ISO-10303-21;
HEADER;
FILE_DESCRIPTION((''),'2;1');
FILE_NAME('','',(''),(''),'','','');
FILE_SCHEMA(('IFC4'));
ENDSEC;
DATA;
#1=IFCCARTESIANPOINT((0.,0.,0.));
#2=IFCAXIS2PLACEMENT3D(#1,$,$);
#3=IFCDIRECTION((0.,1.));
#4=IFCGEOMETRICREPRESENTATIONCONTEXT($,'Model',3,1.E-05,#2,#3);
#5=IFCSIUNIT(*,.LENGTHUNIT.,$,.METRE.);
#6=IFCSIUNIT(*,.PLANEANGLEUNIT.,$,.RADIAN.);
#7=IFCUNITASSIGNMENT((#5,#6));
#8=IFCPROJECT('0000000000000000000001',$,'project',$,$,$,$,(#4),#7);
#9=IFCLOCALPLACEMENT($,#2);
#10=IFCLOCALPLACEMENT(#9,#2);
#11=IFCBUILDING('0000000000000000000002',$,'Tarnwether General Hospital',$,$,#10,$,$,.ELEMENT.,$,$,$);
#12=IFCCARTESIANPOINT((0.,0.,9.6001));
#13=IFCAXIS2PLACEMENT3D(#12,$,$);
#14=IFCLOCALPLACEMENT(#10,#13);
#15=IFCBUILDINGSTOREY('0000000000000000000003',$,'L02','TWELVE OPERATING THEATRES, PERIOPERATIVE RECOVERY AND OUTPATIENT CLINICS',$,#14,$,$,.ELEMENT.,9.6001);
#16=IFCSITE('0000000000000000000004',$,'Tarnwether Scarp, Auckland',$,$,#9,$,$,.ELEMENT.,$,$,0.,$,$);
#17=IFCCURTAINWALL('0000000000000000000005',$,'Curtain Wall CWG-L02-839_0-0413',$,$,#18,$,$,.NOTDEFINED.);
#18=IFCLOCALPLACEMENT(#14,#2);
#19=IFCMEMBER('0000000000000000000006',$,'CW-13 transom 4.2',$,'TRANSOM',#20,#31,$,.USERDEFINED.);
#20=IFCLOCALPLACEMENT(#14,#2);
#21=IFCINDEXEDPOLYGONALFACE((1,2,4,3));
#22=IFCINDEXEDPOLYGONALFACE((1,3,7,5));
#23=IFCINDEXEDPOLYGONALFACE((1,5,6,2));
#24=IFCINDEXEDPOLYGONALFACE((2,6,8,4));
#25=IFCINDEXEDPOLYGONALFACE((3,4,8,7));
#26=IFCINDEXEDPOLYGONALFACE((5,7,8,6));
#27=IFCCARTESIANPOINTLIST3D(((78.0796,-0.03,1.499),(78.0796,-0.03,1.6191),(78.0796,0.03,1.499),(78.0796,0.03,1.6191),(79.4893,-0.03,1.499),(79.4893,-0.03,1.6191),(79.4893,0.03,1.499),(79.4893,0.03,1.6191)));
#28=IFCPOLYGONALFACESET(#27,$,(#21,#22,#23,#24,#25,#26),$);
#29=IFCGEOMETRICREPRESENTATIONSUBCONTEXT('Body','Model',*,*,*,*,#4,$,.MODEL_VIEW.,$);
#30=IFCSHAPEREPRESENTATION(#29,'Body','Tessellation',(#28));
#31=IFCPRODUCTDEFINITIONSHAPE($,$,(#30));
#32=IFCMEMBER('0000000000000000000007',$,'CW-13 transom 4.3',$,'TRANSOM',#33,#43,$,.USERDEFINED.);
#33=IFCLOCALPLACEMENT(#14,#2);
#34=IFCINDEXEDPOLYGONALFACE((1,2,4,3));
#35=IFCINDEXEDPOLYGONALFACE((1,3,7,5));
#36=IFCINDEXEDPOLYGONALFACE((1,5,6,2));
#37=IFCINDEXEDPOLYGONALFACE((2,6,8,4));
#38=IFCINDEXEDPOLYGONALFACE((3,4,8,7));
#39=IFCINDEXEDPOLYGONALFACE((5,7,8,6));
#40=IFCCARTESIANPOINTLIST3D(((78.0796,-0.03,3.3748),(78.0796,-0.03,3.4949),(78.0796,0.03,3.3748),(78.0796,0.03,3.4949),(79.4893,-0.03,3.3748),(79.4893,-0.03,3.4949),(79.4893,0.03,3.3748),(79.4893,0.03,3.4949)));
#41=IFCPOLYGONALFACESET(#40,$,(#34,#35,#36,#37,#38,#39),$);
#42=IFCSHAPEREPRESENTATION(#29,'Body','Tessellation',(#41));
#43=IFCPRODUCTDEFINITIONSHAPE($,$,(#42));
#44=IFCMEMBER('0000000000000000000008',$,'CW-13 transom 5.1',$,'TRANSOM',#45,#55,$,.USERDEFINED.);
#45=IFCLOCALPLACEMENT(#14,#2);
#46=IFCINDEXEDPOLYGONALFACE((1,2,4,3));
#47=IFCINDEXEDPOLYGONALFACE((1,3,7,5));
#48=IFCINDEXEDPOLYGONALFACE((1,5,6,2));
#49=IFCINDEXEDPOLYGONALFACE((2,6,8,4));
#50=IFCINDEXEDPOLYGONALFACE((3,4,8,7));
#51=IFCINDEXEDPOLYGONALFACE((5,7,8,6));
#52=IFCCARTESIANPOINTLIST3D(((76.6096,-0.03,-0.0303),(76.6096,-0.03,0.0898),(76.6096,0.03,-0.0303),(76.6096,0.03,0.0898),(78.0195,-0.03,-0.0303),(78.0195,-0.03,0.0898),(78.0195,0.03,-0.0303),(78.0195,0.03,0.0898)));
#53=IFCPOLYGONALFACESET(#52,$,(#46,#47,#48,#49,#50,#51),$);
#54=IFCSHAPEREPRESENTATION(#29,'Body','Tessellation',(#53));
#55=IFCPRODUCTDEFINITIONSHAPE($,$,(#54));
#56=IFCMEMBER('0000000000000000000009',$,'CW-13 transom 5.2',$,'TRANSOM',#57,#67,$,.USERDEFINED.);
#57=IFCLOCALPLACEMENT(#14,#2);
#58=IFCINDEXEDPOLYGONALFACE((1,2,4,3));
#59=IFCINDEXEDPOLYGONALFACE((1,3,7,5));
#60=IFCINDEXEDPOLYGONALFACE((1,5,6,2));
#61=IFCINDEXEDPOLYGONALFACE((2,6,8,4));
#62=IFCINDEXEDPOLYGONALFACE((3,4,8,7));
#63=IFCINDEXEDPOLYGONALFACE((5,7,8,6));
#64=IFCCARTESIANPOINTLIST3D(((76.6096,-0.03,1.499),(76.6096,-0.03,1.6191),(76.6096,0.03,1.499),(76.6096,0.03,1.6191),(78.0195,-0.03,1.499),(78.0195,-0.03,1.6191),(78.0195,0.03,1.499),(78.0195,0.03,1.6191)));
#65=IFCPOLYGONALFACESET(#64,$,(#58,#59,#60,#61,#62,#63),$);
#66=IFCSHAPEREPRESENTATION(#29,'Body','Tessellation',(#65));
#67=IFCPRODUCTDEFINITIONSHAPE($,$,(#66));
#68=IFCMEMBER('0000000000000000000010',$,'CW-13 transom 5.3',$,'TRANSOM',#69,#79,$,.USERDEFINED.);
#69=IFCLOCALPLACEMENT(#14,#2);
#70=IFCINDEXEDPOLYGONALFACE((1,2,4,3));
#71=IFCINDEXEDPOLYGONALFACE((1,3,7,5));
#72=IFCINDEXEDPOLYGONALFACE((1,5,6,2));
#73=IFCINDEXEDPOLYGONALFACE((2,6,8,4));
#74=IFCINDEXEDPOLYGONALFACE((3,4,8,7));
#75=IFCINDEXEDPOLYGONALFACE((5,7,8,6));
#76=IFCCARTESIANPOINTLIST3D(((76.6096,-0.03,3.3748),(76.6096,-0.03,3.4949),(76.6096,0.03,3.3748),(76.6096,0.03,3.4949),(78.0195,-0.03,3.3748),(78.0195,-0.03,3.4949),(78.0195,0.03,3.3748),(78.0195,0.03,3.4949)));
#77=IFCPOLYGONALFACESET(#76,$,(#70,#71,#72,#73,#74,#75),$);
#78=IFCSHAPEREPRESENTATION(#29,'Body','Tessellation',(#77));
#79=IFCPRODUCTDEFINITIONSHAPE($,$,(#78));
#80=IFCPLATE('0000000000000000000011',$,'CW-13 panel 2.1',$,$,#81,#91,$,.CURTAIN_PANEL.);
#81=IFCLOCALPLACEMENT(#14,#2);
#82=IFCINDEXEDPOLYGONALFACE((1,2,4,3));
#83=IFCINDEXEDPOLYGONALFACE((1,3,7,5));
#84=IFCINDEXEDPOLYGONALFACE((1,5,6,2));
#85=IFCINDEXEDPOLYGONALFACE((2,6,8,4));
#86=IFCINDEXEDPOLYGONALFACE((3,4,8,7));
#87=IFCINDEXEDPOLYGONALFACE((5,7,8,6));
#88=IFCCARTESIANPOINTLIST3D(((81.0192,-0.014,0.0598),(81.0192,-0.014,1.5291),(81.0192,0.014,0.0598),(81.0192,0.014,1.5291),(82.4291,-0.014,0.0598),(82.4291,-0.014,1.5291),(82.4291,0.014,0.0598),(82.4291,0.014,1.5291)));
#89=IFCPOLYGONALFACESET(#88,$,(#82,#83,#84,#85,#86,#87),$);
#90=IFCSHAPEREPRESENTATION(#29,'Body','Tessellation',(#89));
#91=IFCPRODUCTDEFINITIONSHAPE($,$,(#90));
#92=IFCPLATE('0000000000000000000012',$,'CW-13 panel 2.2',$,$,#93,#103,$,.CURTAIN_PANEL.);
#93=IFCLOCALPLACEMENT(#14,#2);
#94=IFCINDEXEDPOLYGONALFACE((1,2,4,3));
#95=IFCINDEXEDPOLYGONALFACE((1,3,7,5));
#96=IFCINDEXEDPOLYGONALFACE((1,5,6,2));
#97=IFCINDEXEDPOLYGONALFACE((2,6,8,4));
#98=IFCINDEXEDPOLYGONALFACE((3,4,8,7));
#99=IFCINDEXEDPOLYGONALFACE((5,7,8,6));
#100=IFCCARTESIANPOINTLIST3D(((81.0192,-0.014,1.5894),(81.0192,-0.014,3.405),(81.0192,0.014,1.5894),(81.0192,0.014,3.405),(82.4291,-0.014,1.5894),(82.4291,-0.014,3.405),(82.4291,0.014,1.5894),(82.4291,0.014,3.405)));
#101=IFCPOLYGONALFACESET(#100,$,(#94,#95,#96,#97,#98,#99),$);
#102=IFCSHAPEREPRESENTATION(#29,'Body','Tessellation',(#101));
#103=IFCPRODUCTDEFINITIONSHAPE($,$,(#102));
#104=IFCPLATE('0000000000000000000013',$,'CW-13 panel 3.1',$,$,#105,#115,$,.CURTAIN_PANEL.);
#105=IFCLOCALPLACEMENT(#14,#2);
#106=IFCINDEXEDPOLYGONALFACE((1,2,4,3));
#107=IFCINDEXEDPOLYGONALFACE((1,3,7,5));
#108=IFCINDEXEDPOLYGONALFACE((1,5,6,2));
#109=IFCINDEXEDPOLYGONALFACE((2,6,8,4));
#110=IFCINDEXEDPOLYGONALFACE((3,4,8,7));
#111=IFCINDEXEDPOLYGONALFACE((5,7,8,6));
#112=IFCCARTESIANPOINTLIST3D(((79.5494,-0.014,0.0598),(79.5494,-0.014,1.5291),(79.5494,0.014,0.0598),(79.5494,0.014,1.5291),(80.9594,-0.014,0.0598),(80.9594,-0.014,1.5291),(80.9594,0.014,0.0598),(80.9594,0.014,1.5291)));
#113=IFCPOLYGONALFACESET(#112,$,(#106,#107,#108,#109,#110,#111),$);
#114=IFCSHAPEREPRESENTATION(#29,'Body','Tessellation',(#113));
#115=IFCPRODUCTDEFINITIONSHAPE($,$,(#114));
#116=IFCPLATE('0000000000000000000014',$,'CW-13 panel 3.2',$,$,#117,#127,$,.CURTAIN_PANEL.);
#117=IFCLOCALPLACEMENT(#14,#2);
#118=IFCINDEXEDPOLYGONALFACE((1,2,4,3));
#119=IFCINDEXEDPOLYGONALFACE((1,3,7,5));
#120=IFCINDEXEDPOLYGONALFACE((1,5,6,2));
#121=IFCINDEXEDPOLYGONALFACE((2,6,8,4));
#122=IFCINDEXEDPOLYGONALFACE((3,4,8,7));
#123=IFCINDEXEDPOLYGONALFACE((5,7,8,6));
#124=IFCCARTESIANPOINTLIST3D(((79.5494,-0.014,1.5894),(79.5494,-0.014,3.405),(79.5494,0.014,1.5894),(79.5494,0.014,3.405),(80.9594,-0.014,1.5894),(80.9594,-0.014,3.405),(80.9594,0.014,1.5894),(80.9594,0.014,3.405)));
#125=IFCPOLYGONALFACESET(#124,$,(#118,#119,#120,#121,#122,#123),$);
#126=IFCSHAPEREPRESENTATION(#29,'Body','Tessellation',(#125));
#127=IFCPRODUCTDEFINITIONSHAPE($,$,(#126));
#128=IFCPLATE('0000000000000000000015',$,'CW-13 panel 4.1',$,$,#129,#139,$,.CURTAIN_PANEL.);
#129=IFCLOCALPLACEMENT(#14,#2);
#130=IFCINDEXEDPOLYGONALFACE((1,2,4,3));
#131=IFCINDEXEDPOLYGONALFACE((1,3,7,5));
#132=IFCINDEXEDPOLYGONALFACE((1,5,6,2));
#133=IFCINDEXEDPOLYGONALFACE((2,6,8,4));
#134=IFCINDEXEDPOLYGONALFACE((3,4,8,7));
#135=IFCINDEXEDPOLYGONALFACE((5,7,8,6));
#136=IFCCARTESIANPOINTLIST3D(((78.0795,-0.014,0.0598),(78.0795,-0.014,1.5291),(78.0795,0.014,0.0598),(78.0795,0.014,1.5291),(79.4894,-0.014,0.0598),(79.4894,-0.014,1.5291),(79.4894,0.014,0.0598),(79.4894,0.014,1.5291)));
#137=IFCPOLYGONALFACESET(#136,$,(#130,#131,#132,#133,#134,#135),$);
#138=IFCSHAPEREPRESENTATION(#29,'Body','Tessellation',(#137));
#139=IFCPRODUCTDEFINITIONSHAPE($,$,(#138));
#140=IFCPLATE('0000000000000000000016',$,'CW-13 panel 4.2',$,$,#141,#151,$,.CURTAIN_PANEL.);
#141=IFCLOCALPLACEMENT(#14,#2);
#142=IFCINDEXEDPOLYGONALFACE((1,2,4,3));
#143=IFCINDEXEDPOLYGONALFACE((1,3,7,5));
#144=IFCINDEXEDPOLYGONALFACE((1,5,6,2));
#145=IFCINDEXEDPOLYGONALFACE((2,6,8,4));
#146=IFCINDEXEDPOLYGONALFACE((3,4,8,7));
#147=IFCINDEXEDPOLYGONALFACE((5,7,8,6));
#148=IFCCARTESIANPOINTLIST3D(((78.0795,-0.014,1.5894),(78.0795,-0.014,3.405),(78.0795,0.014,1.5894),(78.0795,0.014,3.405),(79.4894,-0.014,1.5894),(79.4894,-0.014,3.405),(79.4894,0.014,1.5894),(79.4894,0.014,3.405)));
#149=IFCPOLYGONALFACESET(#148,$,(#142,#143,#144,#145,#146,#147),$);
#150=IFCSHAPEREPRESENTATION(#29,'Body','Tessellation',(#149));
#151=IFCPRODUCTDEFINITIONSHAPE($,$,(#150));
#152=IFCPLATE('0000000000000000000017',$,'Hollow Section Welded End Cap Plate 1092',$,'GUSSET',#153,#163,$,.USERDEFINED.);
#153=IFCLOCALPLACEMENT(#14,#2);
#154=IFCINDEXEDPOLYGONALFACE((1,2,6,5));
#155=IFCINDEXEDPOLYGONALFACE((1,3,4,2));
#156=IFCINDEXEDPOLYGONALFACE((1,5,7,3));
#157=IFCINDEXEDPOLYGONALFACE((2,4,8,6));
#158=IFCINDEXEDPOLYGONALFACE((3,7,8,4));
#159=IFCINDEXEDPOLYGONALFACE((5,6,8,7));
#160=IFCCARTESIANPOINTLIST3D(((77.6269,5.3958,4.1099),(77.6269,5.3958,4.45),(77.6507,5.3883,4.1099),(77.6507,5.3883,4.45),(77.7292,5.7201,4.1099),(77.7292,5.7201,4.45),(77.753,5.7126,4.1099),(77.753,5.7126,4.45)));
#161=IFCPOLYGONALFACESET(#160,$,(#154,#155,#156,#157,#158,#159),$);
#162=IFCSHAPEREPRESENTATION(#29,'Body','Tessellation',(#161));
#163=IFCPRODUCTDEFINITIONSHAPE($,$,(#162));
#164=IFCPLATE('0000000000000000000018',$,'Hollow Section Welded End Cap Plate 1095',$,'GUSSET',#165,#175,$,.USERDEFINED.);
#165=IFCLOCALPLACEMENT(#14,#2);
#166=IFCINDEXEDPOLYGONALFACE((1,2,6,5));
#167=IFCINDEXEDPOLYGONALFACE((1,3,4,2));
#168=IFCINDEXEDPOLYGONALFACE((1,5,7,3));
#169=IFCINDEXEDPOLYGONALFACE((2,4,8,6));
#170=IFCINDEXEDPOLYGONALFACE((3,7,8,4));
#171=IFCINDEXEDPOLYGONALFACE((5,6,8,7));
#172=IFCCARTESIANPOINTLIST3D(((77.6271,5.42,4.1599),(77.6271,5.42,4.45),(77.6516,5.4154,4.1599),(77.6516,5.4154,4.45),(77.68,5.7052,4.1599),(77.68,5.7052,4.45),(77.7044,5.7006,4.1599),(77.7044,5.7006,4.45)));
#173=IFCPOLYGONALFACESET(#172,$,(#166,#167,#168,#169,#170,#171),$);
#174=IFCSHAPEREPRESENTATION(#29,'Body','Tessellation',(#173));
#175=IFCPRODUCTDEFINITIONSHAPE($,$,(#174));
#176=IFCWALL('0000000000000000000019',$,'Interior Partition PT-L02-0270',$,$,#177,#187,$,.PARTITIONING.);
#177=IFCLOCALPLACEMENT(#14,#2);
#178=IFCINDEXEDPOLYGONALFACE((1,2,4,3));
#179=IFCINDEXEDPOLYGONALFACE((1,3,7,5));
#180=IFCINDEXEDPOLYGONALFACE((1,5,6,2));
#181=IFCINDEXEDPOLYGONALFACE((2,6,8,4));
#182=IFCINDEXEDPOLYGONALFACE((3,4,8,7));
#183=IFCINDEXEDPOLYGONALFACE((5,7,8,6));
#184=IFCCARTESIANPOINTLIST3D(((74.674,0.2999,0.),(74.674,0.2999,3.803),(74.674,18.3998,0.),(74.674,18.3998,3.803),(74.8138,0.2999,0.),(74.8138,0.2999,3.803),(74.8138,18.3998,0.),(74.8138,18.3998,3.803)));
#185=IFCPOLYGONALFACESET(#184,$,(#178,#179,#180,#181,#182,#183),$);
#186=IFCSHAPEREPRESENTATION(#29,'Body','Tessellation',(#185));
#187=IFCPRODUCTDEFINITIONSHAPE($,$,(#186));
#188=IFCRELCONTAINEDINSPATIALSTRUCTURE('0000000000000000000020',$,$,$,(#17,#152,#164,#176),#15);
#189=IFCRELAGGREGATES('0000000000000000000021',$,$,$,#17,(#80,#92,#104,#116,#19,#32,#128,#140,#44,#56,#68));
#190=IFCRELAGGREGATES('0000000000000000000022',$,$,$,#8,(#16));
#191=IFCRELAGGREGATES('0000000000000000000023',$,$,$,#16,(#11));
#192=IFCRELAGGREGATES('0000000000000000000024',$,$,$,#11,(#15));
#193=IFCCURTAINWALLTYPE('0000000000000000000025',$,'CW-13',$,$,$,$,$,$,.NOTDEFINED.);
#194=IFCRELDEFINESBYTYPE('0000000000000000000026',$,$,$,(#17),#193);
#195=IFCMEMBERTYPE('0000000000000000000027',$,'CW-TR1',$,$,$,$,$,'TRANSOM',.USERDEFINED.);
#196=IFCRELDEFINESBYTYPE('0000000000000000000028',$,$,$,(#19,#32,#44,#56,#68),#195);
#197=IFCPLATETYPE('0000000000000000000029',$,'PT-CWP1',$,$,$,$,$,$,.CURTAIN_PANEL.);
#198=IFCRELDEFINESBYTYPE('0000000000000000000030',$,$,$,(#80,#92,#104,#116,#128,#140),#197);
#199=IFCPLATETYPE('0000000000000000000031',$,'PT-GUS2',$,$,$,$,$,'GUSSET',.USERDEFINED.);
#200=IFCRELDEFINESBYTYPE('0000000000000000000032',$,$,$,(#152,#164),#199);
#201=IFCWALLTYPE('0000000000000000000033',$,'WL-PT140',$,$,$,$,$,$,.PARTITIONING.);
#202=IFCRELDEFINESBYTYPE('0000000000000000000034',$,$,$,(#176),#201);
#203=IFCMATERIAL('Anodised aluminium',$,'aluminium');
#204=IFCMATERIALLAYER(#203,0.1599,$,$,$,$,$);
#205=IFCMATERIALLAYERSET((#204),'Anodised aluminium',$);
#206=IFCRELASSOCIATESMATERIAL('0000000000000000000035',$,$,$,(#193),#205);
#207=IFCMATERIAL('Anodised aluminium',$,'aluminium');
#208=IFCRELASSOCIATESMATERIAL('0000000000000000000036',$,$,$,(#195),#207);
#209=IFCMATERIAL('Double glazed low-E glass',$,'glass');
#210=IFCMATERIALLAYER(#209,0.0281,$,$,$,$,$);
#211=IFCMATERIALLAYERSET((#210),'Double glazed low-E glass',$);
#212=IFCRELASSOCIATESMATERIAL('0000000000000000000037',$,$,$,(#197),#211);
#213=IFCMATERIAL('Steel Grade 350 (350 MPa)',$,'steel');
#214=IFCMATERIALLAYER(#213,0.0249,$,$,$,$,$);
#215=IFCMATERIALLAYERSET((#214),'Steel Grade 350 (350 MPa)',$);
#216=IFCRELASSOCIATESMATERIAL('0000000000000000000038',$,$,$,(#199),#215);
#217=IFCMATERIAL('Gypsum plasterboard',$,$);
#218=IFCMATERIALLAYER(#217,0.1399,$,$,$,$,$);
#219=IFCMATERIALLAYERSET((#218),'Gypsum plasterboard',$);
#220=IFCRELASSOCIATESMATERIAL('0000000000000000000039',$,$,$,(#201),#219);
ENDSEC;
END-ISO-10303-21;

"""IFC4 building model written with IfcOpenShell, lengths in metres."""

from ifc_helpers import new_model, si_unit, direction, frame, frame_2d, origin, origin_2d, place, context, subcontext, project, spatial, rectangle, extrude, material, layer, layer_set, material_profile, profile_set, type_object, element, aggregate, save


model = new_model("IFC4")

# Units and contexts
model_context = context("Model", 3, precision=1e-05, world=origin(), true_north=direction((0.0, 1.0)))
body_context = subcontext(model_context, "Body", "Model", "MODEL_VIEW")
ifc_project = project(units=[si_unit("LENGTHUNIT", "METRE"), si_unit("PLANEANGLEUNIT", "RADIAN")], contexts=[model_context])

# Site, building, storey
site_placement = place(None, origin())
site = spatial("IfcSite", under=ifc_project, at=site_placement, Name="Tarnwether Scarp, Auckland", CompositionType="ELEMENT", RefElevation=0.0)
building_placement = place(site_placement, origin())
building = spatial("IfcBuilding", under=site, at=building_placement, Name="Tarnwether General Hospital", CompositionType="ELEMENT")
storey_placement = place(building_placement, frame((0.0, 0.0, 9.6001)))
storey = spatial("IfcBuildingStorey", under=building, at=storey_placement, Name="L02", Description="TWELVE OPERATING THEATRES, PERIOPERATIVE RECOVERY AND OUTPATIENT CLINICS", CompositionType="ELEMENT", Elevation=9.6001)

# Curtain wall, members, plates
ifc_material_1 = material(Name="Anodised aluminium", Category="aluminium")
ifc_layer_1 = layer(ifc_material_1, 0.1599)
ifc_layer_set_1 = layer_set([ifc_layer_1], Name="Anodised aluminium")
curtain_wall_type = type_object("IfcCurtainWallType", Name="CW-13", PredefinedType="NOTDEFINED", material=ifc_layer_set_1)
curtain_wall_placement = place(storey_placement, origin())
curtain_wall = element("IfcCurtainWall", 1, at=curtain_wall_placement, inside=storey, type_object=curtain_wall_type, Name="Curtain Wall CWG-L02-839_0-0413", PredefinedType="NOTDEFINED")
ifc_material_2 = material(Name="Anodised aluminium", Category="aluminium")
ifc_material_profile_1 = material_profile(ifc_material_2, rectangle(XDim=0.0601, YDim=0.1201, at=origin_2d()), Name="ALU-TRN-60x120")
ifc_profile_set_1 = profile_set([ifc_material_profile_1], Name="Anodised aluminium")
member_type_1 = type_object("IfcMemberType", Name="CW-TR1", ElementType="TRANSOM", PredefinedType="USERDEFINED", material=ifc_profile_set_1)
member_1_placement = place(storey_placement, frame((79.4893, 0.0, 1.5591), z_axis=(-1.0, 0.0, 0.0), x_axis=(0.0, -1.0, 0.0)))
member_1 = element("IfcMember", 2, at=member_1_placement, type_object=member_type_1, Name="CW-13 transom 4.2", ObjectType="TRANSOM", PredefinedType="USERDEFINED", context=body_context, shape_type="SweptSolid", body=[
    extrude(rectangle(XDim=0.0601, YDim=0.1201, at=origin_2d()), origin(), (0.0, 0.0, 1.0), 1.4097),
])
member_2_placement = place(storey_placement, frame((79.4893, 0.0, 3.4348), z_axis=(-1.0, 0.0, 0.0), x_axis=(0.0, -1.0, 0.0)))
member_2 = element("IfcMember", 3, at=member_2_placement, type_object=member_type_1, Name="CW-13 transom 4.3", ObjectType="TRANSOM", PredefinedType="USERDEFINED", context=body_context, shape_type="SweptSolid", body=[
    extrude(rectangle(XDim=0.0601, YDim=0.1201, at=origin_2d()), origin(), (0.0, 0.0, 1.0), 1.4097),
])
member_3_placement = place(storey_placement, frame((78.0195, 0.0, 0.0298), z_axis=(-1.0, 0.0, 0.0), x_axis=(0.0, -1.0, 0.0)))
member_3 = element("IfcMember", 4, at=member_3_placement, type_object=member_type_1, Name="CW-13 transom 5.1", ObjectType="TRANSOM", PredefinedType="USERDEFINED", context=body_context, shape_type="SweptSolid", body=[
    extrude(rectangle(XDim=0.0601, YDim=0.1201, at=origin_2d()), origin(), (0.0, 0.0, 1.0), 1.4099),
])
member_4_placement = place(storey_placement, frame((78.0195, 0.0, 1.5591), z_axis=(-1.0, 0.0, 0.0), x_axis=(0.0, -1.0, 0.0)))
member_4 = element("IfcMember", 5, at=member_4_placement, type_object=member_type_1, Name="CW-13 transom 5.2", ObjectType="TRANSOM", PredefinedType="USERDEFINED", context=body_context, shape_type="SweptSolid", body=[
    extrude(rectangle(XDim=0.0601, YDim=0.1201, at=origin_2d()), origin(), (0.0, 0.0, 1.0), 1.4099),
])
member_5_placement = place(storey_placement, frame((78.0195, 0.0, 3.4348), z_axis=(-1.0, 0.0, 0.0), x_axis=(0.0, -1.0, 0.0)))
member_5 = element("IfcMember", 6, at=member_5_placement, type_object=member_type_1, Name="CW-13 transom 5.3", ObjectType="TRANSOM", PredefinedType="USERDEFINED", context=body_context, shape_type="SweptSolid", body=[
    extrude(rectangle(XDim=0.0601, YDim=0.1201, at=origin_2d()), origin(), (0.0, 0.0, 1.0), 1.4099),
])
ifc_material_3 = material(Name="Double glazed low-E glass", Category="glass")
ifc_layer_2 = layer(ifc_material_3, 0.0281)
ifc_layer_set_2 = layer_set([ifc_layer_2], Name="Double glazed low-E glass")
plate_type_1 = type_object("IfcPlateType", Name="PT-CWP1", PredefinedType="CURTAIN_PANEL", material=ifc_layer_set_2)
plate_1_placement = place(storey_placement, frame((81.7241, 0.0, 0.0598), z_axis=(0.0, 0.0, 1.0), x_axis=(-1.0, 0.0, 0.0)))
plate_1 = element("IfcPlate", 7, at=plate_1_placement, type_object=plate_type_1, Name="CW-13 panel 2.1", PredefinedType="CURTAIN_PANEL", context=body_context, shape_type="SweptSolid", body=[
    extrude(rectangle(XDim=1.4099, YDim=0.0281, at=origin_2d()), origin(), (0.0, 0.0, 1.0), 1.4692),
])
plate_2_placement = place(storey_placement, frame((81.7241, 0.0, 1.5894), z_axis=(0.0, 0.0, 1.0), x_axis=(-1.0, 0.0, 0.0)))
plate_2 = element("IfcPlate", 8, at=plate_2_placement, type_object=plate_type_1, Name="CW-13 panel 2.2", PredefinedType="CURTAIN_PANEL", context=body_context, shape_type="SweptSolid", body=[
    extrude(rectangle(XDim=1.4099, YDim=0.0281, at=origin_2d()), origin(), (0.0, 0.0, 1.0), 1.8157),
])
plate_3_placement = place(storey_placement, frame((80.2544, 0.0, 0.0598), z_axis=(0.0, 0.0, 1.0), x_axis=(-1.0, 0.0, 0.0)))
plate_3 = element("IfcPlate", 9, at=plate_3_placement, type_object=plate_type_1, Name="CW-13 panel 3.1", PredefinedType="CURTAIN_PANEL", context=body_context, shape_type="SweptSolid", body=[
    extrude(rectangle(XDim=1.4099, YDim=0.0281, at=origin_2d()), origin(), (0.0, 0.0, 1.0), 1.4692),
])
plate_4_placement = place(storey_placement, frame((80.2544, 0.0, 1.5894), z_axis=(0.0, 0.0, 1.0), x_axis=(-1.0, 0.0, 0.0)))
plate_4 = element("IfcPlate", 10, at=plate_4_placement, type_object=plate_type_1, Name="CW-13 panel 3.2", PredefinedType="CURTAIN_PANEL", context=body_context, shape_type="SweptSolid", body=[
    extrude(rectangle(XDim=1.4099, YDim=0.0281, at=origin_2d()), origin(), (0.0, 0.0, 1.0), 1.8157),
])
plate_5_placement = place(storey_placement, frame((78.7844, 0.0, 0.0598), z_axis=(0.0, 0.0, 1.0), x_axis=(-1.0, 0.0, 0.0)))
plate_5 = element("IfcPlate", 11, at=plate_5_placement, type_object=plate_type_1, Name="CW-13 panel 4.1", PredefinedType="CURTAIN_PANEL", context=body_context, shape_type="SweptSolid", body=[
    extrude(rectangle(XDim=1.4099, YDim=0.0281, at=origin_2d()), origin(), (0.0, 0.0, 1.0), 1.4692),
])
plate_6_placement = place(storey_placement, frame((78.7844, 0.0, 1.5894), z_axis=(0.0, 0.0, 1.0), x_axis=(-1.0, 0.0, 0.0)))
plate_6 = element("IfcPlate", 12, at=plate_6_placement, type_object=plate_type_1, Name="CW-13 panel 4.2", PredefinedType="CURTAIN_PANEL", context=body_context, shape_type="SweptSolid", body=[
    extrude(rectangle(XDim=1.4099, YDim=0.0281, at=origin_2d()), origin(), (0.0, 0.0, 1.0), 1.8157),
])
aggregate(curtain_wall, [plate_1, plate_2, plate_3, plate_4, member_1, member_2, plate_5, plate_6, member_3, member_4, member_5])

# Plates
ifc_material_4 = material(Name="Steel Grade 350 (350 MPa)", Category="steel")
ifc_layer_3 = layer(ifc_material_4, 0.0249)
ifc_layer_set_3 = layer_set([ifc_layer_3], Name="Steel Grade 350 (350 MPa)")
plate_type_2 = type_object("IfcPlateType", Name="PT-GUS2", ElementType="GUSSET", PredefinedType="USERDEFINED", material=ifc_layer_set_3)
plate_7_placement = place(storey_placement, frame((77.6899, 5.5542, 4.1099), z_axis=(0.0, 0.0, 1.0), x_axis=(0.953691, -0.300789, 0.0)))
element("IfcPlate", 13, at=plate_7_placement, inside=storey, type_object=plate_type_2, Name="Hollow Section Welded End Cap Plate 1092", ObjectType="GUSSET", PredefinedType="USERDEFINED", context=body_context, shape_type="SweptSolid", body=[
    extrude(rectangle(XDim=0.0249, YDim=0.3401, at=origin_2d()), origin(), (0.0, 0.0, 1.0), 0.3401),
])
plate_8_placement = place(storey_placement, frame((77.6658, 5.5603, 4.1599), z_axis=(0.0, 0.0, 1.0), x_axis=(0.983261, -0.182201, 0.0)))
element("IfcPlate", 14, at=plate_8_placement, inside=storey, type_object=plate_type_2, Name="Hollow Section Welded End Cap Plate 1095", ObjectType="GUSSET", PredefinedType="USERDEFINED", context=body_context, shape_type="SweptSolid", body=[
    extrude(rectangle(XDim=0.0249, YDim=0.29, at=origin_2d()), origin(), (0.0, 0.0, 1.0), 0.29),
])

# Wall
ifc_material_5 = material(Name="Gypsum plasterboard")
ifc_layer_4 = layer(ifc_material_5, 0.1399)
ifc_layer_set_4 = layer_set([ifc_layer_4], Name="Gypsum plasterboard")
wall_type = type_object("IfcWallType", Name="WL-PT140", PredefinedType="PARTITIONING", material=ifc_layer_set_4)
wall_placement = place(storey_placement, frame((74.7439, 0.3, 0.0), z_axis=(0.0, 0.0, 1.0), x_axis=(0.0, 1.0, 0.0)))
element("IfcWall", 15, at=wall_placement, inside=storey, type_object=wall_type, Name="Interior Partition PT-L02-0270", PredefinedType="PARTITIONING", context=body_context, shape_type="SweptSolid", body=[
    extrude(rectangle(XDim=18.0999, YDim=0.1399, at=frame_2d((9.0498, 0.0))), origin(), (0.0, 0.0, 1.0), 3.803),
])

save(model, "model.ifc")
